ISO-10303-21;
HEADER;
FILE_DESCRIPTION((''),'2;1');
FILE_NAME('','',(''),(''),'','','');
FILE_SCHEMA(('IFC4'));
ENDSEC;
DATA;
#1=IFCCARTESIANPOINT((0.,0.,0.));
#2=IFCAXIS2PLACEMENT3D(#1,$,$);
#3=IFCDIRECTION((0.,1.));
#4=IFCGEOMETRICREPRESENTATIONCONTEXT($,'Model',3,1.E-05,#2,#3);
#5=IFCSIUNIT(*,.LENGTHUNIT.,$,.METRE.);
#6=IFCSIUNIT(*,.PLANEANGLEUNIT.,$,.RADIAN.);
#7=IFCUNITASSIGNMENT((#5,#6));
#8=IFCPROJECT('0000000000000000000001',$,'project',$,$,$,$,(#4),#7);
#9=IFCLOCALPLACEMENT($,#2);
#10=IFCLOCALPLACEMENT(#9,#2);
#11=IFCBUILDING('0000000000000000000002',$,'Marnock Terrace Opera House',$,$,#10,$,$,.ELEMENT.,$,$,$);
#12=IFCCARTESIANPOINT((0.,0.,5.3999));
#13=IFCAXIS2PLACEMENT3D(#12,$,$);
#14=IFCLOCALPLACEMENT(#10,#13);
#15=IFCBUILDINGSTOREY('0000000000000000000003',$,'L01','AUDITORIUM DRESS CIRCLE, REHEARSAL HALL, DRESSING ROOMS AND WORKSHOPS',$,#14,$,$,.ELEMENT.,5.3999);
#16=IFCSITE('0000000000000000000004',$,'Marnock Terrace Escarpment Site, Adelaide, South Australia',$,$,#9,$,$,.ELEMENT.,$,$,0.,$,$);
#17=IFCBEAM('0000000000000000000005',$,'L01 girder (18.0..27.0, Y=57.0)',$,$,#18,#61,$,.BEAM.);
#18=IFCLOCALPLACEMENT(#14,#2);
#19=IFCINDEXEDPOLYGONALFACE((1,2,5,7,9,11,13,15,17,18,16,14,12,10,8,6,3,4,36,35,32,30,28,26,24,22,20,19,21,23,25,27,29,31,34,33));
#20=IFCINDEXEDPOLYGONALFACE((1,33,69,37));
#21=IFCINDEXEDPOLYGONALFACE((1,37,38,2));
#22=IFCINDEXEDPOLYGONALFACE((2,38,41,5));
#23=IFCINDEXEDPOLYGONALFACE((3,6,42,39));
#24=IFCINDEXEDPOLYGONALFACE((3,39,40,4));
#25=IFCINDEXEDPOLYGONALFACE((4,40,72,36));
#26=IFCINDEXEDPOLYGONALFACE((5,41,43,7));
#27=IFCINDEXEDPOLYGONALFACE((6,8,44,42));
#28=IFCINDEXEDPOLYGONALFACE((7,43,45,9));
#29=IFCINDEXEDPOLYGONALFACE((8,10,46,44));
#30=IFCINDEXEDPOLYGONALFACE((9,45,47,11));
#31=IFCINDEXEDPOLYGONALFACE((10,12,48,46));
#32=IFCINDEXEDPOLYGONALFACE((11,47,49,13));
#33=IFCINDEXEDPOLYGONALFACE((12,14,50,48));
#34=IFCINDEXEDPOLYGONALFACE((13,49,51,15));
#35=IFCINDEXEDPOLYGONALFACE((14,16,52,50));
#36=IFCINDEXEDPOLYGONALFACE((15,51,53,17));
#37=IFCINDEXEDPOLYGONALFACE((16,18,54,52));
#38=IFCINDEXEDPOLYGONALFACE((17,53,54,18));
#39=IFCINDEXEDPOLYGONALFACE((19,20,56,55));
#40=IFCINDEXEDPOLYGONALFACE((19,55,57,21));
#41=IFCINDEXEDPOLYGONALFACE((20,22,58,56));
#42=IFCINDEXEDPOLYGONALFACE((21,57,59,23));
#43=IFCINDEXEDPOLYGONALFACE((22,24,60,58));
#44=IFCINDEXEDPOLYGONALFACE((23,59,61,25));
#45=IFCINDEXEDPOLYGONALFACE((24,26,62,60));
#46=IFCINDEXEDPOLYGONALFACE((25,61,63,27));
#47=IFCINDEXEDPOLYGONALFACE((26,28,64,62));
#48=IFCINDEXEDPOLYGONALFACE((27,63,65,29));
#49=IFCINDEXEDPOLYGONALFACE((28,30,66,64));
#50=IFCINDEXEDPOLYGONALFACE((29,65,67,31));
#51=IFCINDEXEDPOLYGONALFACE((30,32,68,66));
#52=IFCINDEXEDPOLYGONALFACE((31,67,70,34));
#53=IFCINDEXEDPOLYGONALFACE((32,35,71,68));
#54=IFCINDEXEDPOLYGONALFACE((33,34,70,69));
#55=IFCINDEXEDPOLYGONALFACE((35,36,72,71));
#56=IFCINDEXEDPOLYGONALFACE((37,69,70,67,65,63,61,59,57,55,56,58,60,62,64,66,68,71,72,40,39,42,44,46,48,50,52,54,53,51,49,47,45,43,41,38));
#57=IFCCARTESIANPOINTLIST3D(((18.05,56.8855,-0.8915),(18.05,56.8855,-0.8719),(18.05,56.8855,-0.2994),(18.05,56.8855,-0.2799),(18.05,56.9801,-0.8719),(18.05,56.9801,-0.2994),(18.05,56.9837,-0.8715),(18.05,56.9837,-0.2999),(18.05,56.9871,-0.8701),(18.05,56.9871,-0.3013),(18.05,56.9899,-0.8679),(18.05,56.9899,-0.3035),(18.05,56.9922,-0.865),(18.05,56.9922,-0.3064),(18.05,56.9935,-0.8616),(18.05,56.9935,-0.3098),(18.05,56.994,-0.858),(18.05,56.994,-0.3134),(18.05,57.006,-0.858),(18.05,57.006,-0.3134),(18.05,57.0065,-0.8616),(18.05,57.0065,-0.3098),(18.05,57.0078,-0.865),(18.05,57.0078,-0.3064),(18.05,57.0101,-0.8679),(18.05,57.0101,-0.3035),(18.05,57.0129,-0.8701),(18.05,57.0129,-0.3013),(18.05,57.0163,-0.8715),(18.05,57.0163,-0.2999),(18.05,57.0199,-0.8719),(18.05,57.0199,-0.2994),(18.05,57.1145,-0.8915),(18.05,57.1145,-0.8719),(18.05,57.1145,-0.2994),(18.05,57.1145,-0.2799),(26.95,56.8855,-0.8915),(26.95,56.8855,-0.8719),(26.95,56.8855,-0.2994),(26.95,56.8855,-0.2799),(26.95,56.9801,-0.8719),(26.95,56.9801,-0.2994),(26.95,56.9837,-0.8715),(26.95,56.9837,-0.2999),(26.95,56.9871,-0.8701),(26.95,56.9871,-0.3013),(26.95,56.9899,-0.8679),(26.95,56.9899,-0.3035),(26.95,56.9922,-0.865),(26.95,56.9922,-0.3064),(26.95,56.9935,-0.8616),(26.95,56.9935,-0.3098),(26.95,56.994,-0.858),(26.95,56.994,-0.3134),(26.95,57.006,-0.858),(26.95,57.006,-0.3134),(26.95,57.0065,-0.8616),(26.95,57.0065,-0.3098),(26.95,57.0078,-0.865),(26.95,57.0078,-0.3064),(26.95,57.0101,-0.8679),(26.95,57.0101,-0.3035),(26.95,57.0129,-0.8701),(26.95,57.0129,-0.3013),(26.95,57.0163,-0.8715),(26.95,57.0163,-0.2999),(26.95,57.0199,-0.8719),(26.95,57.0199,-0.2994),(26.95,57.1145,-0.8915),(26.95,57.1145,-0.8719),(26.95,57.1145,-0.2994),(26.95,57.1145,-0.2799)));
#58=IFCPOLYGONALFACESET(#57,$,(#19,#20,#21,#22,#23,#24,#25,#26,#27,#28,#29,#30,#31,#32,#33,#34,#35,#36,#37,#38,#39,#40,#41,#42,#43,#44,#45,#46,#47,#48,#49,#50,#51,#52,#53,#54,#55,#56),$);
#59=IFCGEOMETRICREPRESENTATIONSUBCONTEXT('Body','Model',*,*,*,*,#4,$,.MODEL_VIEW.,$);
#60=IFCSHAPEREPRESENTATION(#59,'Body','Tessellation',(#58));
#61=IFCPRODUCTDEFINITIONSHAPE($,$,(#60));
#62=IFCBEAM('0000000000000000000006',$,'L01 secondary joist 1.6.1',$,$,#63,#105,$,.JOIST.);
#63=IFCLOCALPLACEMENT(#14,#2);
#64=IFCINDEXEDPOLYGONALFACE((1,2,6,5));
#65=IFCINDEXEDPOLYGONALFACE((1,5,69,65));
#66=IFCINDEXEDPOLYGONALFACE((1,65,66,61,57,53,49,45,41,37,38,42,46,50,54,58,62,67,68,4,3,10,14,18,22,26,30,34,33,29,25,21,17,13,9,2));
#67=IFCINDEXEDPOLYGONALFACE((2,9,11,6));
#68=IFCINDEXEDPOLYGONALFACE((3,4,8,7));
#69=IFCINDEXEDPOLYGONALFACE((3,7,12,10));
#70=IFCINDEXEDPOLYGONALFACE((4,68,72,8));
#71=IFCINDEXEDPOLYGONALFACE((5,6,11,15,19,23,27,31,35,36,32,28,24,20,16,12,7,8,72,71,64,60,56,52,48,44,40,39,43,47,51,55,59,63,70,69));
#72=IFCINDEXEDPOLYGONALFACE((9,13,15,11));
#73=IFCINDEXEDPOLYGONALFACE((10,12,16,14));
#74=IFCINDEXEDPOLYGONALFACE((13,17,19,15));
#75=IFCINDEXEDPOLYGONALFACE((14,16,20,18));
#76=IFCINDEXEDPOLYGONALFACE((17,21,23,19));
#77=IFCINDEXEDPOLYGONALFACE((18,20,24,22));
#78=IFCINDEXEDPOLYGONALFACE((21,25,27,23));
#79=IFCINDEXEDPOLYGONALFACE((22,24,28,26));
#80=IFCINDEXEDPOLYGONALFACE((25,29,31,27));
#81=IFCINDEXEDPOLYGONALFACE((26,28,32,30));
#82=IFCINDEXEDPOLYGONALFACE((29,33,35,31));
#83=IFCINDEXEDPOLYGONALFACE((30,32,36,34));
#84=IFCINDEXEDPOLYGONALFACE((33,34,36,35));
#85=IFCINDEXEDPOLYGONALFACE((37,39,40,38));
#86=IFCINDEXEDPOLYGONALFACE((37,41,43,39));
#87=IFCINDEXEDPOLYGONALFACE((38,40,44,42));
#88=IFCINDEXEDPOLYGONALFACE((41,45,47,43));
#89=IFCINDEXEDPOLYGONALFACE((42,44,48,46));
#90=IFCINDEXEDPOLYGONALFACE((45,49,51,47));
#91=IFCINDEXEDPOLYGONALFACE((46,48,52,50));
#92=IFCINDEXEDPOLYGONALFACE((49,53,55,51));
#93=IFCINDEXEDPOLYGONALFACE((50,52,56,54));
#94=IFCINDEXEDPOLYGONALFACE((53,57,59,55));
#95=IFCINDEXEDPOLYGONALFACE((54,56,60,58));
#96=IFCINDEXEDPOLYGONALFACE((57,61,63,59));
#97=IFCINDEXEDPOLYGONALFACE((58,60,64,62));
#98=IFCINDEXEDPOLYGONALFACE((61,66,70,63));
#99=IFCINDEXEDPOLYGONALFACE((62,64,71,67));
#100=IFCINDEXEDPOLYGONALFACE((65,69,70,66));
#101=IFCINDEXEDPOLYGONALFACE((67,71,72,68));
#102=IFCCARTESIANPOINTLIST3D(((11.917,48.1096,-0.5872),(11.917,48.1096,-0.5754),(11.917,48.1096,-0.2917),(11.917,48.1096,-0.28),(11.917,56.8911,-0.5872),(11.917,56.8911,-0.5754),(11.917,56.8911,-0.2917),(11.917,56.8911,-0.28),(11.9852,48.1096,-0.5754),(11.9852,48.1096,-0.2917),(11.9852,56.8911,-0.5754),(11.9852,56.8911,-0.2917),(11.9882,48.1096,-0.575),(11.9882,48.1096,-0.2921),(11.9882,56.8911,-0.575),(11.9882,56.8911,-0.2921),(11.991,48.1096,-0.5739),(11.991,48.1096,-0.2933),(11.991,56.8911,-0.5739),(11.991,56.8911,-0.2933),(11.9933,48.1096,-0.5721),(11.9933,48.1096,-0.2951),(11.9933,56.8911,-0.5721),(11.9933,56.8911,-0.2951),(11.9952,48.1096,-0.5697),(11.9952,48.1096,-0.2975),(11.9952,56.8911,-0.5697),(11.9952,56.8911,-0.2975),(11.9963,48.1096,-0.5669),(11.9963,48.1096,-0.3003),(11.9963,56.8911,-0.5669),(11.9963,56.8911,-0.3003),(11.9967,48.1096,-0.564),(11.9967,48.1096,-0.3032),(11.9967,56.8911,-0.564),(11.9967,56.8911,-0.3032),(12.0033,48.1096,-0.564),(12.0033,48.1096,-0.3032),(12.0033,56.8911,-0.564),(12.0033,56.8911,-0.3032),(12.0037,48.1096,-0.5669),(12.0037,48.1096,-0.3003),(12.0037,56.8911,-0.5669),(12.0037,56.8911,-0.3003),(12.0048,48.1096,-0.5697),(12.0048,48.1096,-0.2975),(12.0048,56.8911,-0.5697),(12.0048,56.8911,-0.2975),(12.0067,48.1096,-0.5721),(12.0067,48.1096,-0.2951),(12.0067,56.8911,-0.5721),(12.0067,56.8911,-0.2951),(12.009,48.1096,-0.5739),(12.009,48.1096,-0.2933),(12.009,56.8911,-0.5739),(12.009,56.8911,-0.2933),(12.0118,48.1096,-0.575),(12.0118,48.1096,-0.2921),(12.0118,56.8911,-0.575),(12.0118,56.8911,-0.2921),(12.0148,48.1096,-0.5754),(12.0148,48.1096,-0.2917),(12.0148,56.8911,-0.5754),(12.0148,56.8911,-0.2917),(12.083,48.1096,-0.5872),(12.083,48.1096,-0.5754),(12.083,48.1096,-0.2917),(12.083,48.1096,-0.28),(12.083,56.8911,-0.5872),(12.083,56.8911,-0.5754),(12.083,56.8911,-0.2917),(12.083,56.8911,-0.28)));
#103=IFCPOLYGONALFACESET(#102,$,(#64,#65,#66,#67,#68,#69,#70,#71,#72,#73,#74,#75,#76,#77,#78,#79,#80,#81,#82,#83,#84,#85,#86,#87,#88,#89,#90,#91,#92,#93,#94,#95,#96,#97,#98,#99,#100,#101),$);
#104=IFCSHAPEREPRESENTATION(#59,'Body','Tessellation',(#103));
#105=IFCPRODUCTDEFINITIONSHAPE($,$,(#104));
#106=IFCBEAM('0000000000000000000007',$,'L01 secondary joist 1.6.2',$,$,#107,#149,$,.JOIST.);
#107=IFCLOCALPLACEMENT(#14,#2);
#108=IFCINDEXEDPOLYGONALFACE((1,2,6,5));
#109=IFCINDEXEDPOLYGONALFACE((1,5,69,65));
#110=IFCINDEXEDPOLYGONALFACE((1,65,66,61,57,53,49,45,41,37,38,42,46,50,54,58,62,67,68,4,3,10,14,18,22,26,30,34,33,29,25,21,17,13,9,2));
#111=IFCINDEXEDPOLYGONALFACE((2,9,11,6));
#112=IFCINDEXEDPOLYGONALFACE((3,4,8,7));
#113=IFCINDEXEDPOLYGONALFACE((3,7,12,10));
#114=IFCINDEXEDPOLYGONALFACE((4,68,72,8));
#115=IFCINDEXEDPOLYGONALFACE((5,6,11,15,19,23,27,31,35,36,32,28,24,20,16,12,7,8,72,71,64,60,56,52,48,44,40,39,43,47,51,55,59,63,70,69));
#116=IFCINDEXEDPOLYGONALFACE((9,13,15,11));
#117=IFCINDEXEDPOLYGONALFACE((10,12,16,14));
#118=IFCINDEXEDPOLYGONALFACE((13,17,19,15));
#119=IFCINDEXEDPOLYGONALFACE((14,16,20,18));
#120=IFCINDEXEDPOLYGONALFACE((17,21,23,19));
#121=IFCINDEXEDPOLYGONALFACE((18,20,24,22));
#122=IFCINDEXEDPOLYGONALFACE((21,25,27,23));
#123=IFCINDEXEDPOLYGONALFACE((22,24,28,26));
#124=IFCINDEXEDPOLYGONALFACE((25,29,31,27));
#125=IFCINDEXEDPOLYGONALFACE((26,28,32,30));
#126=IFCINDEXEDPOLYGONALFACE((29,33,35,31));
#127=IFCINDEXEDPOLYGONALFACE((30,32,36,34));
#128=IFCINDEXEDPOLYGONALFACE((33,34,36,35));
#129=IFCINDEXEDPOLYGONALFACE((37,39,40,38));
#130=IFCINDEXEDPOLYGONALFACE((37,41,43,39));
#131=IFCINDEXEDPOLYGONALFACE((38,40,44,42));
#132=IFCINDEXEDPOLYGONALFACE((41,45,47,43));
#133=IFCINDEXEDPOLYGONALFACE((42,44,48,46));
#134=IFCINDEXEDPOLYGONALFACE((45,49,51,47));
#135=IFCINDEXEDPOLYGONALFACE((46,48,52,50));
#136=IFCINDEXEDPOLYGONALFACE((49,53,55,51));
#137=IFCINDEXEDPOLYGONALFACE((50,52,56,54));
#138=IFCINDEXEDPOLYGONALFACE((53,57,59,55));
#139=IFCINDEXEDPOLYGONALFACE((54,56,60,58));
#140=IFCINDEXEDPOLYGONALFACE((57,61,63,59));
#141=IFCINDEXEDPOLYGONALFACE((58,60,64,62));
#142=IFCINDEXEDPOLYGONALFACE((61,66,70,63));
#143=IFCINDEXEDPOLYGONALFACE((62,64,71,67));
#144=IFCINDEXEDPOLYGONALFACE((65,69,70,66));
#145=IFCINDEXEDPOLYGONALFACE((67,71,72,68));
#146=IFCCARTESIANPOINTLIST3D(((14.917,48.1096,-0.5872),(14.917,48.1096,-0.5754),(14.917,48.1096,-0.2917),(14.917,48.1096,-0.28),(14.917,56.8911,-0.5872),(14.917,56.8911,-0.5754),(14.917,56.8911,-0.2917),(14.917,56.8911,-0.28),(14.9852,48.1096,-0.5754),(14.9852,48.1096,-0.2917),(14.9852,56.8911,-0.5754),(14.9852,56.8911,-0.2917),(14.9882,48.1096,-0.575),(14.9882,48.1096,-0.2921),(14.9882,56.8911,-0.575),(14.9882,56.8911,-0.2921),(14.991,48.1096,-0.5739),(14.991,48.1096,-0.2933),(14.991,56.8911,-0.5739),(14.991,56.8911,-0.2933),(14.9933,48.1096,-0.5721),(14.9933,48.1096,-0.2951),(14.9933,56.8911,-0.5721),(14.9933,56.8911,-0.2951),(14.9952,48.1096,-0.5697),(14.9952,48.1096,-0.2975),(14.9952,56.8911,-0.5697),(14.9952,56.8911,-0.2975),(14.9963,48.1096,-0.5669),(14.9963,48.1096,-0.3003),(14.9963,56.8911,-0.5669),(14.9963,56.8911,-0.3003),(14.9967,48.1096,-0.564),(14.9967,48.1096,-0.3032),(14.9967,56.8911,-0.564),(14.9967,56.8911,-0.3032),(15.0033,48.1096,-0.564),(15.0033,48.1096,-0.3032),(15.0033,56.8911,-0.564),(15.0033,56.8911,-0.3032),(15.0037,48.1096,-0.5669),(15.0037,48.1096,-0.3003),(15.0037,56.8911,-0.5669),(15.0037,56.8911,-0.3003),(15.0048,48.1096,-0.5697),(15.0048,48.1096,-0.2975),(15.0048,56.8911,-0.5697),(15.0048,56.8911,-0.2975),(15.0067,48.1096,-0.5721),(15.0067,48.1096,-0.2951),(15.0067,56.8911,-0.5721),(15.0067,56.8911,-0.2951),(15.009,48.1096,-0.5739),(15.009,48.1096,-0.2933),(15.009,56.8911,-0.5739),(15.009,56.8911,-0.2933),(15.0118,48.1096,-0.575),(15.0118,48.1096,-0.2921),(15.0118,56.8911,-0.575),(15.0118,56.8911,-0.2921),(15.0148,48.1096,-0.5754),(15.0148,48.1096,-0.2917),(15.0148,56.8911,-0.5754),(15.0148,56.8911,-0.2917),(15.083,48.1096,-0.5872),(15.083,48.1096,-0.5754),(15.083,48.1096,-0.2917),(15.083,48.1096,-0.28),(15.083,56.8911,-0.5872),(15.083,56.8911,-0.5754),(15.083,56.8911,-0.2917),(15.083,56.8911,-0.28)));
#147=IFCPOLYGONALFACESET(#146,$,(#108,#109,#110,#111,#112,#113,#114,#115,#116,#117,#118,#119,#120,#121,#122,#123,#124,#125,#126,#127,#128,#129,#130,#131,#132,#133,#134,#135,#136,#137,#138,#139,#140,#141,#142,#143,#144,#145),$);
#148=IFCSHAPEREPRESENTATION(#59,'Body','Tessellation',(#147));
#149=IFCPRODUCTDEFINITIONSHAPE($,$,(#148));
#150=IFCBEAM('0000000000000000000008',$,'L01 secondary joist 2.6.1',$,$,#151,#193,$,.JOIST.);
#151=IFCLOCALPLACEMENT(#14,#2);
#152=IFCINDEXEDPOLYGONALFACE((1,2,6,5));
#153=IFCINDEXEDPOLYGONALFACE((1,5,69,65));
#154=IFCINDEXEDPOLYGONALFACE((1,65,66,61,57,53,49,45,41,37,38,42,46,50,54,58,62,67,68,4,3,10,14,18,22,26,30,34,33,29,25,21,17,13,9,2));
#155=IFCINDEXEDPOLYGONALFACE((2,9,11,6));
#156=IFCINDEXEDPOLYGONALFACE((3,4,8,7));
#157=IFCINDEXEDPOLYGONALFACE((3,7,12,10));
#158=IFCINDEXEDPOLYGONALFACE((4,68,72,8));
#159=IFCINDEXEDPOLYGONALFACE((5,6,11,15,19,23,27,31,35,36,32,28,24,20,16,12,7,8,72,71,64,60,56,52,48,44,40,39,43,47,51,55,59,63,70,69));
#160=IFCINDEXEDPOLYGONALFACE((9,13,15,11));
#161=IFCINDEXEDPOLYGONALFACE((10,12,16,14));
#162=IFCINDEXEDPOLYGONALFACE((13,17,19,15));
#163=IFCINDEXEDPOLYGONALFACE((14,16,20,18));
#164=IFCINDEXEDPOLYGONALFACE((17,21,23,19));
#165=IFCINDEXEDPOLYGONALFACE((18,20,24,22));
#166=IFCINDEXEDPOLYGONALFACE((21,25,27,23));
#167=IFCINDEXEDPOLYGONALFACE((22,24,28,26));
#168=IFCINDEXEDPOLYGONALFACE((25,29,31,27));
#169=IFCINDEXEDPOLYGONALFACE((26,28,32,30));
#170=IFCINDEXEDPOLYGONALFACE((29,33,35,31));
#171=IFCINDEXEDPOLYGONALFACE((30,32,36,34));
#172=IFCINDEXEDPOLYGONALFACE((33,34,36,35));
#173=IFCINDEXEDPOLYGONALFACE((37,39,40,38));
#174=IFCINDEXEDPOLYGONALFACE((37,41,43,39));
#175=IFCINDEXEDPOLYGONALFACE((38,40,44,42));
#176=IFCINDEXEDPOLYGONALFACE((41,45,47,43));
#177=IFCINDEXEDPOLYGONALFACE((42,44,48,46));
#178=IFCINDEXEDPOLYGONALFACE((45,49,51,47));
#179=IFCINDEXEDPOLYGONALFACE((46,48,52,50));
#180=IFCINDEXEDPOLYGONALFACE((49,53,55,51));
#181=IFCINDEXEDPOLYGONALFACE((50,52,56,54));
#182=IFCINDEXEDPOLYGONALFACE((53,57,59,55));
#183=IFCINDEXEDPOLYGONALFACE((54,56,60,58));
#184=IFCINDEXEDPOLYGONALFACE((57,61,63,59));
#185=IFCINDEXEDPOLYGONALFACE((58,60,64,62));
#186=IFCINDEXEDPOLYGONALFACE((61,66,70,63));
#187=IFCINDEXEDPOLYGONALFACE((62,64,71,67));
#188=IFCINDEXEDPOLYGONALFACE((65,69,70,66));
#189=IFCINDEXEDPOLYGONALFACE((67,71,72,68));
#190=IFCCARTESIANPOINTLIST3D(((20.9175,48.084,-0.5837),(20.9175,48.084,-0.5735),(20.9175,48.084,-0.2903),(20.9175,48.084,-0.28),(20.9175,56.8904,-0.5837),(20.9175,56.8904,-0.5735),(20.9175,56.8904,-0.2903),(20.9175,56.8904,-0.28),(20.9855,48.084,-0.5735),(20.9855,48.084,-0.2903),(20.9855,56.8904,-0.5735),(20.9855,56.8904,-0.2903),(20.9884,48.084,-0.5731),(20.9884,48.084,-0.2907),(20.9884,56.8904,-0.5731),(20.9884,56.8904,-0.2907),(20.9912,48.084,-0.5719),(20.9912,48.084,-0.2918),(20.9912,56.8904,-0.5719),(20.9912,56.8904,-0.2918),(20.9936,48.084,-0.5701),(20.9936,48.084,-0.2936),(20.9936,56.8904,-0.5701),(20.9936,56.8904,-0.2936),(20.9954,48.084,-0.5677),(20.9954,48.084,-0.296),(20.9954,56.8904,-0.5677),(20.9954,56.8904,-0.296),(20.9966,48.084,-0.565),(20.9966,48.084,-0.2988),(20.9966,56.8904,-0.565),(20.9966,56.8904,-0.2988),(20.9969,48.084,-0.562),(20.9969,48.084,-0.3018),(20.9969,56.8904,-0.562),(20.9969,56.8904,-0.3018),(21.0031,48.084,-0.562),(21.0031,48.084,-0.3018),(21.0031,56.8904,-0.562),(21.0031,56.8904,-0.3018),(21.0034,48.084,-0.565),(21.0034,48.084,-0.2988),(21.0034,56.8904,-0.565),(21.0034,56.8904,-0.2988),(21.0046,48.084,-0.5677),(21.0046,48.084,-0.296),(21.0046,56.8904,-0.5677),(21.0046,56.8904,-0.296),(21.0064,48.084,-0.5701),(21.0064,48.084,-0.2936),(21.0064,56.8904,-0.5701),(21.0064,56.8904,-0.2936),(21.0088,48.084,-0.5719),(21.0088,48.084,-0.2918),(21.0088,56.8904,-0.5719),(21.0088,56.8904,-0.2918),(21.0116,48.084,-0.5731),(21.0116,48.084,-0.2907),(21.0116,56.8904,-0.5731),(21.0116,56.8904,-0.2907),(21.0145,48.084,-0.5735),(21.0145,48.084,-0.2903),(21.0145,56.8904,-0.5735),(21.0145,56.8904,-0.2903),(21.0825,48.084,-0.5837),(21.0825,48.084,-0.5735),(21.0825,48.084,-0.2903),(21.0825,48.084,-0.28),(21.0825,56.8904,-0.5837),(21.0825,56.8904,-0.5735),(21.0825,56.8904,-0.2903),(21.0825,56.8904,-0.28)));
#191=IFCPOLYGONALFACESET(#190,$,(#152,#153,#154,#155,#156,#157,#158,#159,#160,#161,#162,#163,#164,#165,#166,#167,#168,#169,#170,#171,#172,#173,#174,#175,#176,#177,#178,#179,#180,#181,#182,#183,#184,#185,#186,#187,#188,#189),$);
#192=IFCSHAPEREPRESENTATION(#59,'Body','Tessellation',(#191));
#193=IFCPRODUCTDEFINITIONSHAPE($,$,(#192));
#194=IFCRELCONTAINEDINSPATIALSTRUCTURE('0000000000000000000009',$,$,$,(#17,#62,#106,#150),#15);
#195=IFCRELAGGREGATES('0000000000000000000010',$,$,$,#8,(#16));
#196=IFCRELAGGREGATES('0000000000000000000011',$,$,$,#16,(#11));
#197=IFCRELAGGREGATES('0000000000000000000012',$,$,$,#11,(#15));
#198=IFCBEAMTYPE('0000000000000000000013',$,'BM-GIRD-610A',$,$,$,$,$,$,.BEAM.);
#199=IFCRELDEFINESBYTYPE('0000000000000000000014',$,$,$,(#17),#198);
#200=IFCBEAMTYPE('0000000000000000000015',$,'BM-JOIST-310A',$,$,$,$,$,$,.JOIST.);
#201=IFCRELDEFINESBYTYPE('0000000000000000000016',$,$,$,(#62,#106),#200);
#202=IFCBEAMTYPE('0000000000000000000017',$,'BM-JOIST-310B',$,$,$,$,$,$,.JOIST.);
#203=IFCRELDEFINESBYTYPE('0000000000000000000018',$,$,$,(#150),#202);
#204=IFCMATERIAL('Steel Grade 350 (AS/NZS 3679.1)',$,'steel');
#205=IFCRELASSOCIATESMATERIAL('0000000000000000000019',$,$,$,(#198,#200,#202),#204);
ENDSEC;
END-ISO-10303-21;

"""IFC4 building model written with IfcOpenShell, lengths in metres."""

from ifc_helpers import new_model, si_unit, direction, frame, origin, origin_2d, place, context, subcontext, project, spatial, i_section, extrude, material, material_profile, profile_set, type_object, element, save


model = new_model("IFC4")

# Units and contexts
model_context = context("Model", 3, precision=1e-05, world=origin(), true_north=direction((0.0, 1.0)))
body_context = subcontext(model_context, "Body", "Model", "MODEL_VIEW")
ifc_project = project(units=[si_unit("LENGTHUNIT", "METRE"), si_unit("PLANEANGLEUNIT", "RADIAN")], contexts=[model_context])

# Site, building, storey
site_placement = place(None, origin())
site = spatial("IfcSite", under=ifc_project, at=site_placement, Name="Marnock Terrace Escarpment Site, Adelaide, South Australia", CompositionType="ELEMENT", RefElevation=0.0)
building_placement = place(site_placement, origin())
building = spatial("IfcBuilding", under=site, at=building_placement, Name="Marnock Terrace Opera House", CompositionType="ELEMENT")
storey_placement = place(building_placement, frame((0.0, 0.0, 5.3999)))
storey = spatial("IfcBuildingStorey", under=building, at=storey_placement, Name="L01", Description="AUDITORIUM DRESS CIRCLE, REHEARSAL HALL, DRESSING ROOMS AND WORKSHOPS", CompositionType="ELEMENT", Elevation=5.3999)

# Shared definitions
ifc_material_1 = material(Name="Steel Grade 350 (AS/NZS 3679.1)", Category="steel")

# Beams
ifc_material_profile_1 = material_profile(ifc_material_1, i_section(OverallWidth=0.229, OverallDepth=0.6116, WebThickness=0.012, FlangeThickness=0.0195, FilletRadius=0.0139, at=origin_2d()))
ifc_profile_set_1 = profile_set([ifc_material_profile_1], Name="Steel Grade 350 (AS/NZS 3679.1)")
beam_type_1 = type_object("IfcBeamType", Name="BM-GIRD-610A", PredefinedType="BEAM", material=ifc_profile_set_1)
beam_1_placement = place(storey_placement, frame((18.05, 57.0, -0.5857), z_axis=(1.0, 0.0, 0.0), x_axis=(0.0, 1.0, 0.0)))
element("IfcBeam", 1, at=beam_1_placement, inside=storey, type_object=beam_type_1, Name="L01 girder (18.0..27.0, Y=57.0)", PredefinedType="BEAM", context=body_context, shape_type="SweptSolid", body=[
    extrude(i_section(OverallWidth=0.229, OverallDepth=0.6116, WebThickness=0.012, FlangeThickness=0.0195, FilletRadius=0.0139, at=origin_2d()), origin(), (0.0, 0.0, 1.0), 8.8999),
])
ifc_material_profile_2 = material_profile(ifc_material_1, i_section(OverallWidth=0.166, OverallDepth=0.3071, WebThickness=0.0066, FlangeThickness=0.0117, FilletRadius=0.0115, at=origin_2d()))
ifc_profile_set_2 = profile_set([ifc_material_profile_2], Name="Steel Grade 350 (AS/NZS 3679.1)")
beam_type_2 = type_object("IfcBeamType", Name="BM-JOIST-310A", PredefinedType="JOIST", material=ifc_profile_set_2)
for number, where, z_axis, x_axis, name in (
    (2, (12.0, 48.1096, -0.4336), (0.0, 1.0, 0.0), (-1.0, 0.0, 0.0), "L01 secondary joist 1.6.1"),
    (3, (15.0, 48.1096, -0.4336), (0.0, 1.0, 0.0), (-1.0, 0.0, 0.0), "L01 secondary joist 1.6.2"),
):
    element("IfcBeam", number, at=place(storey_placement, frame(where, z_axis=z_axis, x_axis=x_axis)), inside=storey, type_object=beam_type_2, Name=name, PredefinedType="JOIST", context=body_context, shape_type="SweptSolid", body=[
        extrude(i_section(OverallWidth=0.166, OverallDepth=0.3071, WebThickness=0.0066, FlangeThickness=0.0117, FilletRadius=0.0115, at=origin_2d()), origin(), (0.0, 0.0, 1.0), 8.7815),
    ])
ifc_material_profile_3 = material_profile(ifc_material_1, i_section(OverallWidth=0.165, OverallDepth=0.3037, WebThickness=0.0061, FlangeThickness=0.0103, FilletRadius=0.0115, at=origin_2d()))
ifc_profile_set_3 = profile_set([ifc_material_profile_3], Name="Steel Grade 350 (AS/NZS 3679.1)")
beam_type_3 = type_object("IfcBeamType", Name="BM-JOIST-310B", PredefinedType="JOIST", material=ifc_profile_set_3)
for number, where, z_axis, x_axis, name in (
    (4, (21.0, 48.084, -0.4319), (0.0, 1.0, 0.0), (-1.0, 0.0, 0.0), "L01 secondary joist 2.6.1"),
):
    element("IfcBeam", number, at=place(storey_placement, frame(where, z_axis=z_axis, x_axis=x_axis)), inside=storey, type_object=beam_type_3, Name=name, PredefinedType="JOIST", context=body_context, shape_type="SweptSolid", body=[
        extrude(i_section(OverallWidth=0.165, OverallDepth=0.3037, WebThickness=0.0061, FlangeThickness=0.0103, FilletRadius=0.0115, at=origin_2d()), origin(), (0.0, 0.0, 1.0), 8.8064),
    ])

save(model, "model.ifc")
